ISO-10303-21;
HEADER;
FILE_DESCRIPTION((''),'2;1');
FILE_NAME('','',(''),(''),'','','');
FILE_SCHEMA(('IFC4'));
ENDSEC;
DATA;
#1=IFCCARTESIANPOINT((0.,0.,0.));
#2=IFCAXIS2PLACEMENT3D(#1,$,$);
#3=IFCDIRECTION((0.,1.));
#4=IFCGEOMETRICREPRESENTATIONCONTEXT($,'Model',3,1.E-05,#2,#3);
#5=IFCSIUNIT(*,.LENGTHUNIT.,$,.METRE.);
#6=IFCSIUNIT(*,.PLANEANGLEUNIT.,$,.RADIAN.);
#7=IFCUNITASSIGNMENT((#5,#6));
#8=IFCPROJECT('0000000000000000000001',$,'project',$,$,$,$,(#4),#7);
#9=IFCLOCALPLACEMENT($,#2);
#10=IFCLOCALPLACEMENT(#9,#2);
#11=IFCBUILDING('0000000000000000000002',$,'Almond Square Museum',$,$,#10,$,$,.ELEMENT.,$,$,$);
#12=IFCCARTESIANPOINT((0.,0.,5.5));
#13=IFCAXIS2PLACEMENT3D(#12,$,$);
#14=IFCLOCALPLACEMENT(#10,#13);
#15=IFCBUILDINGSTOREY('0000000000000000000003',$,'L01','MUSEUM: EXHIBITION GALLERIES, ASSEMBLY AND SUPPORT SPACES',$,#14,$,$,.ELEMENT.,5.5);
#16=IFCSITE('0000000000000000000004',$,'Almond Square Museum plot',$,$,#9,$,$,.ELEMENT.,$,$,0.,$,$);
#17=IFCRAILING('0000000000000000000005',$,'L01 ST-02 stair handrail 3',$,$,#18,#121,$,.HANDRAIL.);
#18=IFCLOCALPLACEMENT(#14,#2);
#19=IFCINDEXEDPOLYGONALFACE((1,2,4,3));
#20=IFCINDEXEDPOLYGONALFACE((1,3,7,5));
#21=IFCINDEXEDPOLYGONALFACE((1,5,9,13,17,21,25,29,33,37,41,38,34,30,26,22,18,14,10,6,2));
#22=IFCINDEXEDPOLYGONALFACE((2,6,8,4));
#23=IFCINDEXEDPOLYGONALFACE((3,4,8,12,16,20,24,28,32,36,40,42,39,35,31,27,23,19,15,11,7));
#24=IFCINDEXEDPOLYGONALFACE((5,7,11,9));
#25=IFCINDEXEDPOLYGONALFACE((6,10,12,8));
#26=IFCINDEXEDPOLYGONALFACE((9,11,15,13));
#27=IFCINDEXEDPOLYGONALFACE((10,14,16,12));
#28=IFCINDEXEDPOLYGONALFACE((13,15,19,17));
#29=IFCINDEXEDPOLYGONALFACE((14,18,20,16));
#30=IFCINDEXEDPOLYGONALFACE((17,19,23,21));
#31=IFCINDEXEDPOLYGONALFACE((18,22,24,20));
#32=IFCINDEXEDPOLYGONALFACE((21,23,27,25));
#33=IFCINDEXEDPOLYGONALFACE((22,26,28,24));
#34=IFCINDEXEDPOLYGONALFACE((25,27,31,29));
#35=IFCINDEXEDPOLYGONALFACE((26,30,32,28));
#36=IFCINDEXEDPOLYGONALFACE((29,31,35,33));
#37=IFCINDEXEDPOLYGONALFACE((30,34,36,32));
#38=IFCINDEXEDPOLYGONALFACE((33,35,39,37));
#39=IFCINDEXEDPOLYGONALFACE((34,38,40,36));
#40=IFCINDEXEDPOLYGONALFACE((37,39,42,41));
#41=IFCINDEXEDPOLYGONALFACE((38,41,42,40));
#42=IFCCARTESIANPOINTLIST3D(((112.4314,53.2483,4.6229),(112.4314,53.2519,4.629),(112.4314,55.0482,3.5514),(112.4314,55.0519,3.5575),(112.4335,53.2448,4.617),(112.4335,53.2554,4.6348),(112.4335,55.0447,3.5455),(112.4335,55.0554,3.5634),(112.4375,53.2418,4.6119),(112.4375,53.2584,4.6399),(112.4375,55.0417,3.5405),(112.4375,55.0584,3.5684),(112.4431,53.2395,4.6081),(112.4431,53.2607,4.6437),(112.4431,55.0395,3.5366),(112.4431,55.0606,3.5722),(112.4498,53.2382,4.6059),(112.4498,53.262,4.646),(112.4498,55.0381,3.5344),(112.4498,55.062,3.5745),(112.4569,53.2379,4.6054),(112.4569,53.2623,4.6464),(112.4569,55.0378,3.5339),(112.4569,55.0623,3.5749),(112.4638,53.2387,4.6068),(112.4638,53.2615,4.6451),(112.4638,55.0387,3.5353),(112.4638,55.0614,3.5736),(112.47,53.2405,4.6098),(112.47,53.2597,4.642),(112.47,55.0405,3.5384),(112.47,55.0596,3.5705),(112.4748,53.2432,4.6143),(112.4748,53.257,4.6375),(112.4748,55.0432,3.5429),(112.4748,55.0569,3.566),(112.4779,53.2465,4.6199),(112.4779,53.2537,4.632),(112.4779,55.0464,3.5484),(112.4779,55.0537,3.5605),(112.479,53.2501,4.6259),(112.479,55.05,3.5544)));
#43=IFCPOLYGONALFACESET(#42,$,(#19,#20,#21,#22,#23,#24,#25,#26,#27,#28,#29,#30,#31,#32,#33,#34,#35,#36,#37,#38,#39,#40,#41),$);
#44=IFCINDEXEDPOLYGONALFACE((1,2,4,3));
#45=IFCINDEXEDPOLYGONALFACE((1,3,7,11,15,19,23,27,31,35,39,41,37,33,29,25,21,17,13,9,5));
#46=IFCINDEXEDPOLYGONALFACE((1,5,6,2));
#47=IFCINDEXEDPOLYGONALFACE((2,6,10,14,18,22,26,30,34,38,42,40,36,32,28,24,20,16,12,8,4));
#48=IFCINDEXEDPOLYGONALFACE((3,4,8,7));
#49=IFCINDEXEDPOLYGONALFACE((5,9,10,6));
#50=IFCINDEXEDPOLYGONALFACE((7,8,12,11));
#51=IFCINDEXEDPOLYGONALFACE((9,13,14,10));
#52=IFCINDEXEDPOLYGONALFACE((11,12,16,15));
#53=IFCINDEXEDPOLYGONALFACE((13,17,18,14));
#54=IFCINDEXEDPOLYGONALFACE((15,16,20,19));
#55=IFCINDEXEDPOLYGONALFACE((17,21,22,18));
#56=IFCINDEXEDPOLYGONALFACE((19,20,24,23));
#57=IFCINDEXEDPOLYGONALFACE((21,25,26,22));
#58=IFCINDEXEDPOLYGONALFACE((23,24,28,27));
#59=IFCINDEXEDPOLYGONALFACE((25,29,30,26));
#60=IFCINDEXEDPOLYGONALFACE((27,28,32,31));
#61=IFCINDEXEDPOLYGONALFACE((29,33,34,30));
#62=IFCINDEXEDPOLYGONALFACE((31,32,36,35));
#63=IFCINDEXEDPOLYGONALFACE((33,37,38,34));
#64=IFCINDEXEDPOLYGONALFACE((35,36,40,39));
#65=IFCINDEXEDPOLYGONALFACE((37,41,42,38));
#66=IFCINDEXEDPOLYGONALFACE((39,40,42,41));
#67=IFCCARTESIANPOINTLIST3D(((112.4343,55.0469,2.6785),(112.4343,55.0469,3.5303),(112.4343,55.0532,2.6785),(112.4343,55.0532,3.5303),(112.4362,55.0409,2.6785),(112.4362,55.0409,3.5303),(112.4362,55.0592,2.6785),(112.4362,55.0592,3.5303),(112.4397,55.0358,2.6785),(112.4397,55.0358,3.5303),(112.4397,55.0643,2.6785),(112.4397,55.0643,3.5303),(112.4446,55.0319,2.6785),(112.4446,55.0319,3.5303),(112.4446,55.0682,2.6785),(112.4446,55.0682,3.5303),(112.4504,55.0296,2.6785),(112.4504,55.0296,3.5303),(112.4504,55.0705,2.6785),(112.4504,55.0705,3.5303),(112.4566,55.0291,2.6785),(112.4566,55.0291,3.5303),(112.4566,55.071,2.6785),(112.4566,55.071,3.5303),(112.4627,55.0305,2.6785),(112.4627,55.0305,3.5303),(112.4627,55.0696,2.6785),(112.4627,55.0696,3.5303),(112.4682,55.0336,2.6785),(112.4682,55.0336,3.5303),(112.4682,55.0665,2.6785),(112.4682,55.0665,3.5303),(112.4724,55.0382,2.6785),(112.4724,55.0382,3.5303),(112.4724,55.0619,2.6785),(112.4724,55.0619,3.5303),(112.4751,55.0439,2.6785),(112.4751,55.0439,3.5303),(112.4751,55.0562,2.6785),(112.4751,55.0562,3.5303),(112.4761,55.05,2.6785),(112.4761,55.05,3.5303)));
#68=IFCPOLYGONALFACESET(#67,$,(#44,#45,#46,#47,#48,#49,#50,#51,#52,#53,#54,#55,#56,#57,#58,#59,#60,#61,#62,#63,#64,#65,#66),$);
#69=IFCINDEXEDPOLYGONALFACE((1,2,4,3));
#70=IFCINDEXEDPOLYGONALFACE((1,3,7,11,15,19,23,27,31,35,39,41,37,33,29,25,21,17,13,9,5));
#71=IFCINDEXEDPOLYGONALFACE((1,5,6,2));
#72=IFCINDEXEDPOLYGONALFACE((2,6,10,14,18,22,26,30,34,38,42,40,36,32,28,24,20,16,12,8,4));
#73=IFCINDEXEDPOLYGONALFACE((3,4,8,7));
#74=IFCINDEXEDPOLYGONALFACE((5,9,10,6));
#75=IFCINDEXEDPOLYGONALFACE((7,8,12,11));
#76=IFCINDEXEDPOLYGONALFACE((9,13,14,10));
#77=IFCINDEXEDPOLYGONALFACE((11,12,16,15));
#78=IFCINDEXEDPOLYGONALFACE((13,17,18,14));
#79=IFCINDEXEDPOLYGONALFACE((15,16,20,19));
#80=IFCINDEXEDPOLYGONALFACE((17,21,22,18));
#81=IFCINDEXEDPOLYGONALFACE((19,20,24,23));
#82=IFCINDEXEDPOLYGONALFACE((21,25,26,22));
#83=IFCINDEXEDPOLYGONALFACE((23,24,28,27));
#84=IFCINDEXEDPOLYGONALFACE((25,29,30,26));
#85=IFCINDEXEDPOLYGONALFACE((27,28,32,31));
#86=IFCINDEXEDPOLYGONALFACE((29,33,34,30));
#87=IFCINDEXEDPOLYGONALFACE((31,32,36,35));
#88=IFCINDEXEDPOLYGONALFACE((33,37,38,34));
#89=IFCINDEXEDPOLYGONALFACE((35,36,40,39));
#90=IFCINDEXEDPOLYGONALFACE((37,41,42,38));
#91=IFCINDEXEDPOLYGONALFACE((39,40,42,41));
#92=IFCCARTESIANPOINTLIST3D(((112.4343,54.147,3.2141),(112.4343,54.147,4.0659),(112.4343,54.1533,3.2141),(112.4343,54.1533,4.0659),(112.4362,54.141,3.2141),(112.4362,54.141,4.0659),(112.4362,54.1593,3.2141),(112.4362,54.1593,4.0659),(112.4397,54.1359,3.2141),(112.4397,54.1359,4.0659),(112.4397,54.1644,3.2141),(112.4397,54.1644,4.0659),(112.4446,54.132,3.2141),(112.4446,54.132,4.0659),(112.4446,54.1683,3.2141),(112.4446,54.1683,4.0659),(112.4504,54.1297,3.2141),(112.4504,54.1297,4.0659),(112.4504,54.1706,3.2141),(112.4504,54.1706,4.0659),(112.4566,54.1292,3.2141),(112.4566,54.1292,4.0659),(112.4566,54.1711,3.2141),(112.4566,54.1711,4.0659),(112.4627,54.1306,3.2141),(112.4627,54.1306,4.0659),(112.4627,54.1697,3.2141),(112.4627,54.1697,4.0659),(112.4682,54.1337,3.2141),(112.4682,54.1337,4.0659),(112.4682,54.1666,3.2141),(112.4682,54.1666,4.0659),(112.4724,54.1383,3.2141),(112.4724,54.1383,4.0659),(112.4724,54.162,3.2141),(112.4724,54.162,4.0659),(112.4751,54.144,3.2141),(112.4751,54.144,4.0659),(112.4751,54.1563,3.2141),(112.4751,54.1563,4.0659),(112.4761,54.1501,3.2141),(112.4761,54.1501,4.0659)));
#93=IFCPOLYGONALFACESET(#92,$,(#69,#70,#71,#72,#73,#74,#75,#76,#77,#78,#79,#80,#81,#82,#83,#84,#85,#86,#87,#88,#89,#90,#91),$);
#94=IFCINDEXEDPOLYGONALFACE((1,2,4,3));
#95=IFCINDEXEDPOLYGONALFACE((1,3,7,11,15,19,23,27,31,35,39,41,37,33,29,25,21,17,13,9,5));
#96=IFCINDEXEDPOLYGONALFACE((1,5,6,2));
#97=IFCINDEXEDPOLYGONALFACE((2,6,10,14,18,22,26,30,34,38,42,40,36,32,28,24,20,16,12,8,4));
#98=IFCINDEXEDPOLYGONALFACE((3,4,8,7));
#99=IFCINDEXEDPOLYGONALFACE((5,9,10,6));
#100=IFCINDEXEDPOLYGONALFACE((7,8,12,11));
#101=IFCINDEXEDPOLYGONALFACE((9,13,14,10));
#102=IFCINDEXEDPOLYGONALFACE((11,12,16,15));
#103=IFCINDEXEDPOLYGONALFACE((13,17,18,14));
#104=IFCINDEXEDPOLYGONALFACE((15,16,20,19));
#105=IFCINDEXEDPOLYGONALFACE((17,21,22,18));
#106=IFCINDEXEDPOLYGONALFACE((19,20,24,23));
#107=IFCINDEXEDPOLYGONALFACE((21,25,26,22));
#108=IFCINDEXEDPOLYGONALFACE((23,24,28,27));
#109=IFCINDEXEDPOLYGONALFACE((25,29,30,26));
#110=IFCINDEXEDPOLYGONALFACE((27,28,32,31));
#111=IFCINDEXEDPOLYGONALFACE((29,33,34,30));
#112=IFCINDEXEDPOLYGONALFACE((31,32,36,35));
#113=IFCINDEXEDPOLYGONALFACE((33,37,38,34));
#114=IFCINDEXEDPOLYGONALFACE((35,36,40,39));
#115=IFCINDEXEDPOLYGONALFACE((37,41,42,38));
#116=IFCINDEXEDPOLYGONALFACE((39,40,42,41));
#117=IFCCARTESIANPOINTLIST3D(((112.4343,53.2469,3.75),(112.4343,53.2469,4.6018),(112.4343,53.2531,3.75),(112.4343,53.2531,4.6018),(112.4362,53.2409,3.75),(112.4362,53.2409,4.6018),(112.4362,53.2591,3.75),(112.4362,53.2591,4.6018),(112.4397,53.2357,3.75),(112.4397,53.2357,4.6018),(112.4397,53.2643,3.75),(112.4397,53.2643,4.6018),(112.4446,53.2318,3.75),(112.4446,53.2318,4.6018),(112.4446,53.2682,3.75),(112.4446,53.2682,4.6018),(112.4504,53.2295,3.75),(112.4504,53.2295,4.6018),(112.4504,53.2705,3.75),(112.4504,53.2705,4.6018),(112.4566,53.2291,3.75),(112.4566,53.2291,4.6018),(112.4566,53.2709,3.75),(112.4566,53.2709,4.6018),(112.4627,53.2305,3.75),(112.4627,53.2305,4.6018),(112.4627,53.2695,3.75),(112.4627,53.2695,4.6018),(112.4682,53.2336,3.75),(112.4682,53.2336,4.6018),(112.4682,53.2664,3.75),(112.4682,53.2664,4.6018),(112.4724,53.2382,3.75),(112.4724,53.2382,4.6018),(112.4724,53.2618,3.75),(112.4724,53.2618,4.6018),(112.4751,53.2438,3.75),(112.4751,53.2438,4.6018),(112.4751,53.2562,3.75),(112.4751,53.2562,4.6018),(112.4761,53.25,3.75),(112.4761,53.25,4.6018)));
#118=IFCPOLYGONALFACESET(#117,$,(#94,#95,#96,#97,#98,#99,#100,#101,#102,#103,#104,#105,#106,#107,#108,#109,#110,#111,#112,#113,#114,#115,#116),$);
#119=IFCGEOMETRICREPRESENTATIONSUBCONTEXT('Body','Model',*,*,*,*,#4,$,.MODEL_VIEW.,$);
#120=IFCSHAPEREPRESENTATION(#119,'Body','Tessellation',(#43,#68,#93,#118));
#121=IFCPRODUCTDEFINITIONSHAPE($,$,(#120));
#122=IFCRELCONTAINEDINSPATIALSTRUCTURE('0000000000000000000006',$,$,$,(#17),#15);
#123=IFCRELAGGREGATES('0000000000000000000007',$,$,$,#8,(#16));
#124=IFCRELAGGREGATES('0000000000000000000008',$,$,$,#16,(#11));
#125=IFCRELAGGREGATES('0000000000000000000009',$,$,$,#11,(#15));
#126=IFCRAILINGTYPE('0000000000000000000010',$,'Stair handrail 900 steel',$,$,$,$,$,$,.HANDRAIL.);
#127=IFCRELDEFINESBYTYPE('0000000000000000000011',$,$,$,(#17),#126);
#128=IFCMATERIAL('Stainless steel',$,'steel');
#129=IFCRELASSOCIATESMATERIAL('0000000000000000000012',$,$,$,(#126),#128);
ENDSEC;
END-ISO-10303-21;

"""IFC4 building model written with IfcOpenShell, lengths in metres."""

from ifc_helpers import new_model, si_unit, direction, frame, origin, origin_2d, place, context, subcontext, project, spatial, circle, extrude, material, type_object, element, save


model = new_model("IFC4")

# Units and contexts
model_context = context("Model", 3, precision=1e-05, world=origin(), true_north=direction((0.0, 1.0)))
body_context = subcontext(model_context, "Body", "Model", "MODEL_VIEW")
ifc_project = project(units=[si_unit("LENGTHUNIT", "METRE"), si_unit("PLANEANGLEUNIT", "RADIAN")], contexts=[model_context])

# Site, building, storey
site_placement = place(None, origin())
site = spatial("IfcSite", under=ifc_project, at=site_placement, Name="Almond Square Museum plot", CompositionType="ELEMENT", RefElevation=0.0)
building_placement = place(site_placement, origin())
building = spatial("IfcBuilding", under=site, at=building_placement, Name="Almond Square Museum", CompositionType="ELEMENT")
storey_placement = place(building_placement, frame((0.0, 0.0, 5.5)))
storey = spatial("IfcBuildingStorey", under=building, at=storey_placement, Name="L01", Description="MUSEUM: EXHIBITION GALLERIES, ASSEMBLY AND SUPPORT SPACES", CompositionType="ELEMENT", Elevation=5.5)

# Railing
ifc_material_1 = material(Name="Stainless steel", Category="steel")
railing_type_1 = type_object("IfcRailingType", Name="Stair handrail 900 steel", PredefinedType="HANDRAIL", material=ifc_material_1)
railing_1_placement = place(storey_placement, frame((112.4551, 55.05, 2.6785)))
element("IfcRailing", 1, at=railing_1_placement, inside=storey, type_object=railing_type_1, Name="L01 ST-02 stair handrail 3", PredefinedType="HANDRAIL", context=body_context, shape_type="SweptSolid", body=[
    extrude(circle(Radius=0.0239, at=origin_2d()), frame((0.0, 0.0, 0.876), z_axis=(0.0, -0.859277, 0.51151), x_axis=(1.0, 0.0, 0.0)), (0.0, 0.0, 1.0), 2.0947),
    extrude(circle(Radius=0.021, at=origin_2d()), origin(), (0.0, 0.0, 1.0), 0.8518),
    extrude(circle(Radius=0.021, at=origin_2d()), frame((0.0, -0.8999, 0.5356)), (0.0, 0.0, 1.0), 0.8518),
    extrude(circle(Radius=0.021, at=origin_2d()), frame((0.0, -1.8, 1.0715)), (0.0, 0.0, 1.0), 0.8518),
])

save(model, "model.ifc")
